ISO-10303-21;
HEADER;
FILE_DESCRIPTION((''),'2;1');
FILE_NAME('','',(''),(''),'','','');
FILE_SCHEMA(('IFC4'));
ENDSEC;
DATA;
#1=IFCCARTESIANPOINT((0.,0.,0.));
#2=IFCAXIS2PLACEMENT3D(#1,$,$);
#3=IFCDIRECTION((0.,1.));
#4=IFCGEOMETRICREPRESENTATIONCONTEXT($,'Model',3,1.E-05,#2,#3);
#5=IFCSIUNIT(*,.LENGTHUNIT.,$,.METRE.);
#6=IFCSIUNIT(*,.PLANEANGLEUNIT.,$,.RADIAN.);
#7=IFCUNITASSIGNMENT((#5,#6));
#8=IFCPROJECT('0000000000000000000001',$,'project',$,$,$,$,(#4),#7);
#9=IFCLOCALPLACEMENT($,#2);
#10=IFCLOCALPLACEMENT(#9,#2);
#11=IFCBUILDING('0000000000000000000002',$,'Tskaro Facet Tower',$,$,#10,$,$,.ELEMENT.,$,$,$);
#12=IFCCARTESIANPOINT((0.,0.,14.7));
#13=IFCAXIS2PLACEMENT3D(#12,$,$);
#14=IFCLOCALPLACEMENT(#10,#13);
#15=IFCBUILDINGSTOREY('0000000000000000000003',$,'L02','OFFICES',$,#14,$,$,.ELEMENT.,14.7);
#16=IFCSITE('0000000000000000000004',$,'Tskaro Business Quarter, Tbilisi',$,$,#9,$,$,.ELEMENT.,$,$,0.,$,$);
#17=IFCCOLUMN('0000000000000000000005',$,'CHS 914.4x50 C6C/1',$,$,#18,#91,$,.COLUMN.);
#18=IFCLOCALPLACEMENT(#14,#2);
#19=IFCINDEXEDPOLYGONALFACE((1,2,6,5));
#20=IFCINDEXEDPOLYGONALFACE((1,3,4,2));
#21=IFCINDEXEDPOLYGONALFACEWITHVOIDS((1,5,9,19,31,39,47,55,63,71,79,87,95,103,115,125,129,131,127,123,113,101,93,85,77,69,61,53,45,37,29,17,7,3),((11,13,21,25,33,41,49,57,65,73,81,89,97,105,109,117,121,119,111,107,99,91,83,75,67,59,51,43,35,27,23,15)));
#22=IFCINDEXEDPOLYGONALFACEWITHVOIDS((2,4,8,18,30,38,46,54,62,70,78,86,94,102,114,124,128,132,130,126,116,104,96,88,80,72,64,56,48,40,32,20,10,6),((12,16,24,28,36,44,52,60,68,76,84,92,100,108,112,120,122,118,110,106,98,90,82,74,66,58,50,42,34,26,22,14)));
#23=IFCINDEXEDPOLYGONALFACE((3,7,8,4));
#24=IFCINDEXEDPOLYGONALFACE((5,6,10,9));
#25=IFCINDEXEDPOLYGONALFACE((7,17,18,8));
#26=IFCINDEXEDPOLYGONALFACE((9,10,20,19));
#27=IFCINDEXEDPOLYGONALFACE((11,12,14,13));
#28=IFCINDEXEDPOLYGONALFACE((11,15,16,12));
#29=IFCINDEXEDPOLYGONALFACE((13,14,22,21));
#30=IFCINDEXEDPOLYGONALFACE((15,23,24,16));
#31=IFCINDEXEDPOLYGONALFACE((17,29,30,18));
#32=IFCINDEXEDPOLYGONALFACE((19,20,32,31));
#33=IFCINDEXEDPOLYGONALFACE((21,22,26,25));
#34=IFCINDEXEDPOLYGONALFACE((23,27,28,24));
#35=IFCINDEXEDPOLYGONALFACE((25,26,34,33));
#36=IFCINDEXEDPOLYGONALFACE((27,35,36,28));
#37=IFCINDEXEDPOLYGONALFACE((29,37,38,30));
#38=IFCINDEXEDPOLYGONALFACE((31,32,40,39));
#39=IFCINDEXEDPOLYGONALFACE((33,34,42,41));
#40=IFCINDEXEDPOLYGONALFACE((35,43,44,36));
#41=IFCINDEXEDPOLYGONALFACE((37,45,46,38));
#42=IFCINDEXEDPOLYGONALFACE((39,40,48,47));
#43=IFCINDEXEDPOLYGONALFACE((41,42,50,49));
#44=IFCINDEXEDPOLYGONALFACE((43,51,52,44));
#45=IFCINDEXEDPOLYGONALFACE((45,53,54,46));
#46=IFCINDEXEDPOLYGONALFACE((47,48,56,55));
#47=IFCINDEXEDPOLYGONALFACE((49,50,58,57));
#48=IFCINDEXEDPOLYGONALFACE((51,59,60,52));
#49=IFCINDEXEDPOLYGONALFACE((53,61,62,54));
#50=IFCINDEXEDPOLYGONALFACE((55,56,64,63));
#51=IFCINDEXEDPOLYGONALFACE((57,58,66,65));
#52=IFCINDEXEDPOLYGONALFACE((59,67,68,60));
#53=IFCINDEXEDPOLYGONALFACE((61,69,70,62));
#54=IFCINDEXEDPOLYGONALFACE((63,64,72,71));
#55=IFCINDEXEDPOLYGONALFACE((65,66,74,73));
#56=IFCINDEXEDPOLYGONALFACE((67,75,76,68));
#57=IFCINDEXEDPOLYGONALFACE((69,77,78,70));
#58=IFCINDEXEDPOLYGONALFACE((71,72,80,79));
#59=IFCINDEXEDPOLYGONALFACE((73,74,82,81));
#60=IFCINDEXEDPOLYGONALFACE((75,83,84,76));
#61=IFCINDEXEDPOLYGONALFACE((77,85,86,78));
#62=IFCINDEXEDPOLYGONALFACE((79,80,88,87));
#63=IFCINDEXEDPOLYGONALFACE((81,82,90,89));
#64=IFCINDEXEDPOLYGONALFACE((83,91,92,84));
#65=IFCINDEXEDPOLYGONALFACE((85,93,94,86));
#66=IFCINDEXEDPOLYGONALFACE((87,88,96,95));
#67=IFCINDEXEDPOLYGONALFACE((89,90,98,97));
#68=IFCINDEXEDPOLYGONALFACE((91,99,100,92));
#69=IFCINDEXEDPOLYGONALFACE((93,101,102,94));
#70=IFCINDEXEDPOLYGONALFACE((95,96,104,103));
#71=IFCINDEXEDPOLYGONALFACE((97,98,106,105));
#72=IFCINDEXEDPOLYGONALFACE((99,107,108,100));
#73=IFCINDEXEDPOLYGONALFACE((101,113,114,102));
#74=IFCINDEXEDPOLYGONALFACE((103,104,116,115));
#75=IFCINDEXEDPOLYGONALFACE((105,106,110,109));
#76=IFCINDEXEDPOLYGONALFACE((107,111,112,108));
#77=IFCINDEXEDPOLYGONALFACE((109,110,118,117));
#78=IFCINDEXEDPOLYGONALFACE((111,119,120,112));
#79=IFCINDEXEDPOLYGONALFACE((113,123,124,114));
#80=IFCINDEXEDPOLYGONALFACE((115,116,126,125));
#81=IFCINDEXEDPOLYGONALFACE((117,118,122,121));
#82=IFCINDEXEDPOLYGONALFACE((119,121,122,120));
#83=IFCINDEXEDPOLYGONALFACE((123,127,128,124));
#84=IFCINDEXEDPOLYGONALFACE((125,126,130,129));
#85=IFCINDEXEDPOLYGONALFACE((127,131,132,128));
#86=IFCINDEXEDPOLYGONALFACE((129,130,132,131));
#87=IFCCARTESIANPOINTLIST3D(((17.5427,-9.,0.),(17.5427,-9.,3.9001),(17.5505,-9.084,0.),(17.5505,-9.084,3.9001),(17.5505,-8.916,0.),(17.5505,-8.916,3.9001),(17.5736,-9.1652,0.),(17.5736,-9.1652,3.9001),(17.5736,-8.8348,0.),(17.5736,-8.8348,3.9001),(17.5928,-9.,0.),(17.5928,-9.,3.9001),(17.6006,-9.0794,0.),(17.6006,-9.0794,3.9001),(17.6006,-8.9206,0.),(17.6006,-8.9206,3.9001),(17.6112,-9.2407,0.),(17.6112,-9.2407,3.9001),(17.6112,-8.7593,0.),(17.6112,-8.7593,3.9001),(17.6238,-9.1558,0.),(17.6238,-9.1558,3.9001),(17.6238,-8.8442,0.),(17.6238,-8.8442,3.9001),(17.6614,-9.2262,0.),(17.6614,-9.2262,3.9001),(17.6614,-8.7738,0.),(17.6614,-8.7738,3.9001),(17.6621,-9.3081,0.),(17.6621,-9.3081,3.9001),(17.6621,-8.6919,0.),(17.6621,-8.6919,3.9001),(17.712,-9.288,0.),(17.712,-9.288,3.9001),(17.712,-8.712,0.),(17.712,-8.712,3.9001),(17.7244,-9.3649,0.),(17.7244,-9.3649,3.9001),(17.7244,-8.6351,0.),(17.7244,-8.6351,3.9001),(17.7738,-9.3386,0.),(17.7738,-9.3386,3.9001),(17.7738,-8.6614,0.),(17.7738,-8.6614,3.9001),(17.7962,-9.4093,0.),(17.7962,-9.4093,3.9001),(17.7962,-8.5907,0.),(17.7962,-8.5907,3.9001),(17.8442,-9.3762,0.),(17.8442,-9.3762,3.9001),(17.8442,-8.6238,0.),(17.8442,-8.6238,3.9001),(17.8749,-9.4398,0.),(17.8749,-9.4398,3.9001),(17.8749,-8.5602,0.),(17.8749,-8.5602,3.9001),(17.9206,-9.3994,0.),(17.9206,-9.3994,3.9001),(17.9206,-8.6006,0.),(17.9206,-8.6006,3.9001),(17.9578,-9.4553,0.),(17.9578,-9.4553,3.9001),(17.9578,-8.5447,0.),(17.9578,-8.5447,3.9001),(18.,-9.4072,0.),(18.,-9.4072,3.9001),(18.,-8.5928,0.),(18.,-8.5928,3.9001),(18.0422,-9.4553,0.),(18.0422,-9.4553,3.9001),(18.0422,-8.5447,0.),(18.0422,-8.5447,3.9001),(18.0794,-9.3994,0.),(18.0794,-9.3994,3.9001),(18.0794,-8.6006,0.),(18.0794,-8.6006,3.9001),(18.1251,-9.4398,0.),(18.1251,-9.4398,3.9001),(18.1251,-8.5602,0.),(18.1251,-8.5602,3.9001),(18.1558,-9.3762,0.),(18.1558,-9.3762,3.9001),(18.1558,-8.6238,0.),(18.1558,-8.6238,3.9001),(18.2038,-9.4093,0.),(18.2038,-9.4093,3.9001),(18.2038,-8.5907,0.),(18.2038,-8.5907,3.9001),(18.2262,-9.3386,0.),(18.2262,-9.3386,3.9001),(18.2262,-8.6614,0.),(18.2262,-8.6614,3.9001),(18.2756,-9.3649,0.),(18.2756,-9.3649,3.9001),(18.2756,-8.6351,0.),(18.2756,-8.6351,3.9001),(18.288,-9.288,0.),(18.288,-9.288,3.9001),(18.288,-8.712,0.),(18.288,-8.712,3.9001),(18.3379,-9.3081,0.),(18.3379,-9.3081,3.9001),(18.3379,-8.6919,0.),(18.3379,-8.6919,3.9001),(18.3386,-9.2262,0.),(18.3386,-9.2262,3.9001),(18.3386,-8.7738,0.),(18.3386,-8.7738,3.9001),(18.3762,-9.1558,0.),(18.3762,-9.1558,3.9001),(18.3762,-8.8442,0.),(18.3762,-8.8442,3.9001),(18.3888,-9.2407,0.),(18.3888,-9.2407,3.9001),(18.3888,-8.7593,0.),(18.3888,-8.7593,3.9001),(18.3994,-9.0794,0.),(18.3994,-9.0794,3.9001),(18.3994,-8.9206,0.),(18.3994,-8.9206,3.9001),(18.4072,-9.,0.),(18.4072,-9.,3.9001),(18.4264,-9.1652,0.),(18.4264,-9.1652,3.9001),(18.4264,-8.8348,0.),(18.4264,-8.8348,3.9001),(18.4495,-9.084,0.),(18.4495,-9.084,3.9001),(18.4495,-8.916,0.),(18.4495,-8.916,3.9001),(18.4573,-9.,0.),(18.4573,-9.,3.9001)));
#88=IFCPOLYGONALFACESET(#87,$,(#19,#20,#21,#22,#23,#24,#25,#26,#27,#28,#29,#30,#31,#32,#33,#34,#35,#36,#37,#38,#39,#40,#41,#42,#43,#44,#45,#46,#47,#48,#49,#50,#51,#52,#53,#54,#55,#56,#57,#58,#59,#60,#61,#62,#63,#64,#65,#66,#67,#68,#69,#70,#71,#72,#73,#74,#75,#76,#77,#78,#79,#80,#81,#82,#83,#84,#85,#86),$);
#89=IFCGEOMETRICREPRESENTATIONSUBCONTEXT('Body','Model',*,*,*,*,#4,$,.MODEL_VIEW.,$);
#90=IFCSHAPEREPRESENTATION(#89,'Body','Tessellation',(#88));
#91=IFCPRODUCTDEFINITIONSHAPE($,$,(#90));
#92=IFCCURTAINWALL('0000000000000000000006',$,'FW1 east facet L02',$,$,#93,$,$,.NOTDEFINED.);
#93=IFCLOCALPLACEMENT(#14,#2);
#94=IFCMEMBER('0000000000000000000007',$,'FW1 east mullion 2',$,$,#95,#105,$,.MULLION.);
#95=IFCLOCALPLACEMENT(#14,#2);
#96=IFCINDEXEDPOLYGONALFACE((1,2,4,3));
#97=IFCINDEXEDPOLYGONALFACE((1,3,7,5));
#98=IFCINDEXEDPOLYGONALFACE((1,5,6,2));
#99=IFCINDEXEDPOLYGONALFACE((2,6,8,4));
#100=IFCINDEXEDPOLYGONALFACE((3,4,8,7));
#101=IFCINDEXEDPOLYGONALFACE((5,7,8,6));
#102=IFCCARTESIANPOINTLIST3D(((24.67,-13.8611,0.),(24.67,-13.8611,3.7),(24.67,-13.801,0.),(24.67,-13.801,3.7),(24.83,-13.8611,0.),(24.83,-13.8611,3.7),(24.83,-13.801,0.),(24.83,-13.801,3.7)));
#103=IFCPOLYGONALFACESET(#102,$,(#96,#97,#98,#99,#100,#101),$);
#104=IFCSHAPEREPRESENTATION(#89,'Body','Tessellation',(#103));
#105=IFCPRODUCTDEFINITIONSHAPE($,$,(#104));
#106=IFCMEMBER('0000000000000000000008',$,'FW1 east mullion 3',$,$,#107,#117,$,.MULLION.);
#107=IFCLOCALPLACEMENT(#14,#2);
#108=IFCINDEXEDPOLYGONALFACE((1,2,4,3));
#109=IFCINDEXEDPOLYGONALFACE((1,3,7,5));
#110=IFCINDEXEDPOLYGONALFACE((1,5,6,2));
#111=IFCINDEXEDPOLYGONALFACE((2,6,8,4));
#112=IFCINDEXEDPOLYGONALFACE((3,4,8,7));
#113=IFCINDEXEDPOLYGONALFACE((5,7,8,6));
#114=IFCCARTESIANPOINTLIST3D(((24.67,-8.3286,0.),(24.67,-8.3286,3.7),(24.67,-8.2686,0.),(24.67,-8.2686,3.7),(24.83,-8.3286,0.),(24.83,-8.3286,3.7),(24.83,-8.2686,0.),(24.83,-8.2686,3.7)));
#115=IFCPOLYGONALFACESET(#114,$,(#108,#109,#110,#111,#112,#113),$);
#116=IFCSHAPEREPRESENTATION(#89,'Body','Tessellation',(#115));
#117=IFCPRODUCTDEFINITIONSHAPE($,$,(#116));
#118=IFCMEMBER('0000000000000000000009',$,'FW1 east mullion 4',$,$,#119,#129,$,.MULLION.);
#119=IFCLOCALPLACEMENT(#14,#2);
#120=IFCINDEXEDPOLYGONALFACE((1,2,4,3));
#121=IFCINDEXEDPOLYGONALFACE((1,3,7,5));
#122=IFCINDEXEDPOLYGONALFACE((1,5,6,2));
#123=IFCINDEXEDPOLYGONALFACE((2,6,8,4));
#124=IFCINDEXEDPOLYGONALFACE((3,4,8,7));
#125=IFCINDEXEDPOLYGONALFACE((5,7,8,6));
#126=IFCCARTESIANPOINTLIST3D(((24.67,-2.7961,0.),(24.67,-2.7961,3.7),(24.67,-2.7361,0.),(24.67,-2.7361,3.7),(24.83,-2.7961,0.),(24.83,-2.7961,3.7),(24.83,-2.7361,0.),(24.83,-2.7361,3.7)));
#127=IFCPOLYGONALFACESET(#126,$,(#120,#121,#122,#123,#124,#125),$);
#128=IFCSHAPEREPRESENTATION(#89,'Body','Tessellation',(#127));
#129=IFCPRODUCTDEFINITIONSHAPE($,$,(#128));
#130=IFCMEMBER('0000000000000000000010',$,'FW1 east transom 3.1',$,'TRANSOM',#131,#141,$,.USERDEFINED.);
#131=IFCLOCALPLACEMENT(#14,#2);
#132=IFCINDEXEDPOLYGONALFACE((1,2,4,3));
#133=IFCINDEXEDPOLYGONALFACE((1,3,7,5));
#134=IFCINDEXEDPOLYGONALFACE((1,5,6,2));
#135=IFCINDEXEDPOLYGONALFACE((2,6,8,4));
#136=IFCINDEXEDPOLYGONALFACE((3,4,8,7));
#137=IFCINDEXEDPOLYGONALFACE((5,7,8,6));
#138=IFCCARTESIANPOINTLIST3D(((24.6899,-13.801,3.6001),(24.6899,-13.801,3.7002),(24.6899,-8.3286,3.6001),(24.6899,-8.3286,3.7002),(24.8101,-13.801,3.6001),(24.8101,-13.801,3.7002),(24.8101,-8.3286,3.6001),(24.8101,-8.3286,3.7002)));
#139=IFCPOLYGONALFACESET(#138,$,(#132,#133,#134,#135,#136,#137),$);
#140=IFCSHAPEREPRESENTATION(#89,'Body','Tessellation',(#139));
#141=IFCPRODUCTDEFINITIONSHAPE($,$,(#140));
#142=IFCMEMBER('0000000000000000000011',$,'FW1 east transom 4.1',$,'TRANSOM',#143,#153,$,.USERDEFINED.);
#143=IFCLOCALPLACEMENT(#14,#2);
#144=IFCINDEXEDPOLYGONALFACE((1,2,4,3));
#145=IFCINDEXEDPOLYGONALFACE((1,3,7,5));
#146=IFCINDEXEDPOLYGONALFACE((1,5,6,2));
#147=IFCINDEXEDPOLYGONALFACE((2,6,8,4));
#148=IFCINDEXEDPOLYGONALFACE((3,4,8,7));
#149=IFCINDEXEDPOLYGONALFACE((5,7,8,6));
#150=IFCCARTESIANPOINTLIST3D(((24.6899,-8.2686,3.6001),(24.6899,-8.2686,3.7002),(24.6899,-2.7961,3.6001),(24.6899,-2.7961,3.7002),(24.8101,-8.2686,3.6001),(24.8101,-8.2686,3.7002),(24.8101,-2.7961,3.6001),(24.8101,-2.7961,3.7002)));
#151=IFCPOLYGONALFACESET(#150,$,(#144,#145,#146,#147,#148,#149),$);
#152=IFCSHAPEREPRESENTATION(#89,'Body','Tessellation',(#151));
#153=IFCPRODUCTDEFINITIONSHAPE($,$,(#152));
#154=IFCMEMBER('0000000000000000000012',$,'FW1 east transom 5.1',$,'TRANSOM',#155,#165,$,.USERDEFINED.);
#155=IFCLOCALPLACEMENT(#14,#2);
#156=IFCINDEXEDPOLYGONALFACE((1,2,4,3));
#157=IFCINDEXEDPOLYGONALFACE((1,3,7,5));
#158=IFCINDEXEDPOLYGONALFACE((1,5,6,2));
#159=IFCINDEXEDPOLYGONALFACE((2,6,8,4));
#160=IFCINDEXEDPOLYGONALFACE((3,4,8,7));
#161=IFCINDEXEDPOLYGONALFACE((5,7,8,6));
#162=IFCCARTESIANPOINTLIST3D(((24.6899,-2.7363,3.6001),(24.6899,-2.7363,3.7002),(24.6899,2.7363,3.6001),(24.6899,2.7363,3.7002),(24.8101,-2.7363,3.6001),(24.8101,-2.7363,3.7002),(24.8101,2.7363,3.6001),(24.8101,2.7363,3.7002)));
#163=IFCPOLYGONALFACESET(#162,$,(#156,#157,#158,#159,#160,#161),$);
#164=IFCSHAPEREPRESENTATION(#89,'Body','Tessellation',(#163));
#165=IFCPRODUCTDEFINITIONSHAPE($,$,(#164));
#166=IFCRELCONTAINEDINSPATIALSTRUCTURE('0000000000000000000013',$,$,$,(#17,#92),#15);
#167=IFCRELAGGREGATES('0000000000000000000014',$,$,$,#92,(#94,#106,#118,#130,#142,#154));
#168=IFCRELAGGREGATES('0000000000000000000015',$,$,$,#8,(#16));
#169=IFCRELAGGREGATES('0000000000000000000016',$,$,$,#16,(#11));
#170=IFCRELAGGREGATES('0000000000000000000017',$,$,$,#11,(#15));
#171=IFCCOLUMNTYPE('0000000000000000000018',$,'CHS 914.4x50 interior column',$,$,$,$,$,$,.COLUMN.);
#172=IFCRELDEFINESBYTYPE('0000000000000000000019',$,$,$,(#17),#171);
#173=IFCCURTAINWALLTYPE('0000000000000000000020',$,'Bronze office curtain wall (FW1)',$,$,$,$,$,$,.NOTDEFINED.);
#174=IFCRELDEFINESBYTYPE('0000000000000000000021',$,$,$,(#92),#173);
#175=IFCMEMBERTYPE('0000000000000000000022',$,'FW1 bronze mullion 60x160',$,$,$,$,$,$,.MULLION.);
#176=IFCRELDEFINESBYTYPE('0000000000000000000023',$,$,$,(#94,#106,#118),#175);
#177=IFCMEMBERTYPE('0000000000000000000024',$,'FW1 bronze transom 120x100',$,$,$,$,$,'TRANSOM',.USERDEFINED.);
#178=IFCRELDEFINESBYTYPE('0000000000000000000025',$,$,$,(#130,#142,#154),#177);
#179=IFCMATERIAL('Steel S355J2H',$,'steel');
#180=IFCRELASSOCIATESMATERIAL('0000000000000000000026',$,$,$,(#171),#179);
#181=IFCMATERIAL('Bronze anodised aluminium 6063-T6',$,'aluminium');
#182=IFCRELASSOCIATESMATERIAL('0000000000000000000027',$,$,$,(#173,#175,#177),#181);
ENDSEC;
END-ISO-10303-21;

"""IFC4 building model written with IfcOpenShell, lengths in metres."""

from ifc_helpers import new_model, si_unit, direction, frame, origin, origin_2d, place, context, subcontext, project, spatial, rectangle, hollow_circle, extrude, material, material_profile, profile_set, type_object, element, aggregate, save


model = new_model("IFC4")

# Units and contexts
model_context = context("Model", 3, precision=1e-05, world=origin(), true_north=direction((0.0, 1.0)))
body_context = subcontext(model_context, "Body", "Model", "MODEL_VIEW")
ifc_project = project(units=[si_unit("LENGTHUNIT", "METRE"), si_unit("PLANEANGLEUNIT", "RADIAN")], contexts=[model_context])

# Site, building, storey
site_placement = place(None, origin())
site = spatial("IfcSite", under=ifc_project, at=site_placement, Name="Tskaro Business Quarter, Tbilisi", CompositionType="ELEMENT", RefElevation=0.0)
building_placement = place(site_placement, origin())
building = spatial("IfcBuilding", under=site, at=building_placement, Name="Tskaro Facet Tower", CompositionType="ELEMENT")
storey_placement = place(building_placement, frame((0.0, 0.0, 14.7)))
storey = spatial("IfcBuildingStorey", under=building, at=storey_placement, Name="L02", Description="OFFICES", CompositionType="ELEMENT", Elevation=14.7)

# Column
ifc_material_1 = material(Name="Steel S355J2H", Category="steel")
ifc_material_profile_1 = material_profile(ifc_material_1, hollow_circle(Radius=0.4573, WallThickness=0.05, at=origin_2d()), Name="CHS 914.4x50")
ifc_profile_set_1 = profile_set([ifc_material_profile_1], Name="Steel S355J2H")
column_type_1 = type_object("IfcColumnType", Name="CHS 914.4x50 interior column", PredefinedType="COLUMN", material=ifc_profile_set_1)
column_placement = place(storey_placement, frame((18.0, -9.0, 0.0), z_axis=(0.0, 0.0, 1.0), x_axis=(1.0, 0.0, 0.0)))
element("IfcColumn", 1, at=column_placement, inside=storey, type_object=column_type_1, Name="CHS 914.4x50 C6C/1", PredefinedType="COLUMN", context=body_context, shape_type="SweptSolid", body=[
    extrude(hollow_circle(Radius=0.4573, WallThickness=0.05, at=origin_2d()), origin(), (0.0, 0.0, 1.0), 3.9001),
])

# Curtain wall, members
ifc_material_2 = material(Name="Bronze anodised aluminium 6063-T6", Category="aluminium")
curtain_wall_type = type_object("IfcCurtainWallType", Name="Bronze office curtain wall (FW1)", PredefinedType="NOTDEFINED", material=ifc_material_2)
curtain_wall_placement = place(storey_placement, origin())
curtain_wall = element("IfcCurtainWall", 2, at=curtain_wall_placement, inside=storey, type_object=curtain_wall_type, Name="FW1 east facet L02", PredefinedType="NOTDEFINED")
ifc_material_profile_2 = material_profile(ifc_material_2, rectangle(XDim=0.0601, YDim=0.1599, at=origin_2d()), Name="Mullion 60x160")
ifc_profile_set_2 = profile_set([ifc_material_profile_2], Name="Bronze anodised aluminium 6063-T6")
member_type_1 = type_object("IfcMemberType", Name="FW1 bronze mullion 60x160", PredefinedType="MULLION", material=ifc_profile_set_2)
member_1_placement = place(storey_placement, frame((24.75, -13.8311, 0.0), z_axis=(0.0, 0.0, 1.0), x_axis=(0.0, 1.0, 0.0)))
member_1 = element("IfcMember", 3, at=member_1_placement, type_object=member_type_1, Name="FW1 east mullion 2", PredefinedType="MULLION", context=body_context, shape_type="SweptSolid", body=[
    extrude(rectangle(XDim=0.0601, YDim=0.1599, at=origin_2d()), origin(), (0.0, 0.0, 1.0), 3.7),
])
member_2_placement = place(storey_placement, frame((24.75, -8.2986, 0.0), z_axis=(0.0, 0.0, 1.0), x_axis=(0.0, 1.0, 0.0)))
member_2 = element("IfcMember", 4, at=member_2_placement, type_object=member_type_1, Name="FW1 east mullion 3", PredefinedType="MULLION", context=body_context, shape_type="SweptSolid", body=[
    extrude(rectangle(XDim=0.0601, YDim=0.1599, at=origin_2d()), origin(), (0.0, 0.0, 1.0), 3.7),
])
member_3_placement = place(storey_placement, frame((24.75, -2.7661, 0.0), z_axis=(0.0, 0.0, 1.0), x_axis=(0.0, 1.0, 0.0)))
member_3 = element("IfcMember", 5, at=member_3_placement, type_object=member_type_1, Name="FW1 east mullion 4", PredefinedType="MULLION", context=body_context, shape_type="SweptSolid", body=[
    extrude(rectangle(XDim=0.0601, YDim=0.1599, at=origin_2d()), origin(), (0.0, 0.0, 1.0), 3.7),
])
ifc_material_profile_3 = material_profile(ifc_material_2, rectangle(XDim=0.1201, YDim=0.1001, at=origin_2d()), Name="Transom 120x100")
ifc_profile_set_3 = profile_set([ifc_material_profile_3], Name="Bronze anodised aluminium 6063-T6")
member_type_2 = type_object("IfcMemberType", Name="FW1 bronze transom 120x100", ElementType="TRANSOM", PredefinedType="USERDEFINED", material=ifc_profile_set_3)
member_4_placement = place(storey_placement, frame((24.75, -13.801, 3.6501), z_axis=(0.0, 1.0, 0.0), x_axis=(-1.0, 0.0, 0.0)))
member_4 = element("IfcMember", 6, at=member_4_placement, type_object=member_type_2, Name="FW1 east transom 3.1", ObjectType="TRANSOM", PredefinedType="USERDEFINED", context=body_context, shape_type="SweptSolid", body=[
    extrude(rectangle(XDim=0.1201, YDim=0.1001, at=origin_2d()), origin(), (0.0, 0.0, 1.0), 5.4724),
])
member_5_placement = place(storey_placement, frame((24.75, -8.2686, 3.6501), z_axis=(0.0, 1.0, 0.0), x_axis=(-1.0, 0.0, 0.0)))
member_5 = element("IfcMember", 7, at=member_5_placement, type_object=member_type_2, Name="FW1 east transom 4.1", ObjectType="TRANSOM", PredefinedType="USERDEFINED", context=body_context, shape_type="SweptSolid", body=[
    extrude(rectangle(XDim=0.1201, YDim=0.1001, at=origin_2d()), origin(), (0.0, 0.0, 1.0), 5.4724),
])
member_6_placement = place(storey_placement, frame((24.75, -2.7363, 3.6501), z_axis=(0.0, 1.0, 0.0), x_axis=(-1.0, 0.0, 0.0)))
member_6 = element("IfcMember", 8, at=member_6_placement, type_object=member_type_2, Name="FW1 east transom 5.1", ObjectType="TRANSOM", PredefinedType="USERDEFINED", context=body_context, shape_type="SweptSolid", body=[
    extrude(rectangle(XDim=0.1201, YDim=0.1001, at=origin_2d()), origin(), (0.0, 0.0, 1.0), 5.4727),
])

aggregate(curtain_wall, [member_1, member_2, member_3, member_4, member_5, member_6])

save(model, "model.ifc")
